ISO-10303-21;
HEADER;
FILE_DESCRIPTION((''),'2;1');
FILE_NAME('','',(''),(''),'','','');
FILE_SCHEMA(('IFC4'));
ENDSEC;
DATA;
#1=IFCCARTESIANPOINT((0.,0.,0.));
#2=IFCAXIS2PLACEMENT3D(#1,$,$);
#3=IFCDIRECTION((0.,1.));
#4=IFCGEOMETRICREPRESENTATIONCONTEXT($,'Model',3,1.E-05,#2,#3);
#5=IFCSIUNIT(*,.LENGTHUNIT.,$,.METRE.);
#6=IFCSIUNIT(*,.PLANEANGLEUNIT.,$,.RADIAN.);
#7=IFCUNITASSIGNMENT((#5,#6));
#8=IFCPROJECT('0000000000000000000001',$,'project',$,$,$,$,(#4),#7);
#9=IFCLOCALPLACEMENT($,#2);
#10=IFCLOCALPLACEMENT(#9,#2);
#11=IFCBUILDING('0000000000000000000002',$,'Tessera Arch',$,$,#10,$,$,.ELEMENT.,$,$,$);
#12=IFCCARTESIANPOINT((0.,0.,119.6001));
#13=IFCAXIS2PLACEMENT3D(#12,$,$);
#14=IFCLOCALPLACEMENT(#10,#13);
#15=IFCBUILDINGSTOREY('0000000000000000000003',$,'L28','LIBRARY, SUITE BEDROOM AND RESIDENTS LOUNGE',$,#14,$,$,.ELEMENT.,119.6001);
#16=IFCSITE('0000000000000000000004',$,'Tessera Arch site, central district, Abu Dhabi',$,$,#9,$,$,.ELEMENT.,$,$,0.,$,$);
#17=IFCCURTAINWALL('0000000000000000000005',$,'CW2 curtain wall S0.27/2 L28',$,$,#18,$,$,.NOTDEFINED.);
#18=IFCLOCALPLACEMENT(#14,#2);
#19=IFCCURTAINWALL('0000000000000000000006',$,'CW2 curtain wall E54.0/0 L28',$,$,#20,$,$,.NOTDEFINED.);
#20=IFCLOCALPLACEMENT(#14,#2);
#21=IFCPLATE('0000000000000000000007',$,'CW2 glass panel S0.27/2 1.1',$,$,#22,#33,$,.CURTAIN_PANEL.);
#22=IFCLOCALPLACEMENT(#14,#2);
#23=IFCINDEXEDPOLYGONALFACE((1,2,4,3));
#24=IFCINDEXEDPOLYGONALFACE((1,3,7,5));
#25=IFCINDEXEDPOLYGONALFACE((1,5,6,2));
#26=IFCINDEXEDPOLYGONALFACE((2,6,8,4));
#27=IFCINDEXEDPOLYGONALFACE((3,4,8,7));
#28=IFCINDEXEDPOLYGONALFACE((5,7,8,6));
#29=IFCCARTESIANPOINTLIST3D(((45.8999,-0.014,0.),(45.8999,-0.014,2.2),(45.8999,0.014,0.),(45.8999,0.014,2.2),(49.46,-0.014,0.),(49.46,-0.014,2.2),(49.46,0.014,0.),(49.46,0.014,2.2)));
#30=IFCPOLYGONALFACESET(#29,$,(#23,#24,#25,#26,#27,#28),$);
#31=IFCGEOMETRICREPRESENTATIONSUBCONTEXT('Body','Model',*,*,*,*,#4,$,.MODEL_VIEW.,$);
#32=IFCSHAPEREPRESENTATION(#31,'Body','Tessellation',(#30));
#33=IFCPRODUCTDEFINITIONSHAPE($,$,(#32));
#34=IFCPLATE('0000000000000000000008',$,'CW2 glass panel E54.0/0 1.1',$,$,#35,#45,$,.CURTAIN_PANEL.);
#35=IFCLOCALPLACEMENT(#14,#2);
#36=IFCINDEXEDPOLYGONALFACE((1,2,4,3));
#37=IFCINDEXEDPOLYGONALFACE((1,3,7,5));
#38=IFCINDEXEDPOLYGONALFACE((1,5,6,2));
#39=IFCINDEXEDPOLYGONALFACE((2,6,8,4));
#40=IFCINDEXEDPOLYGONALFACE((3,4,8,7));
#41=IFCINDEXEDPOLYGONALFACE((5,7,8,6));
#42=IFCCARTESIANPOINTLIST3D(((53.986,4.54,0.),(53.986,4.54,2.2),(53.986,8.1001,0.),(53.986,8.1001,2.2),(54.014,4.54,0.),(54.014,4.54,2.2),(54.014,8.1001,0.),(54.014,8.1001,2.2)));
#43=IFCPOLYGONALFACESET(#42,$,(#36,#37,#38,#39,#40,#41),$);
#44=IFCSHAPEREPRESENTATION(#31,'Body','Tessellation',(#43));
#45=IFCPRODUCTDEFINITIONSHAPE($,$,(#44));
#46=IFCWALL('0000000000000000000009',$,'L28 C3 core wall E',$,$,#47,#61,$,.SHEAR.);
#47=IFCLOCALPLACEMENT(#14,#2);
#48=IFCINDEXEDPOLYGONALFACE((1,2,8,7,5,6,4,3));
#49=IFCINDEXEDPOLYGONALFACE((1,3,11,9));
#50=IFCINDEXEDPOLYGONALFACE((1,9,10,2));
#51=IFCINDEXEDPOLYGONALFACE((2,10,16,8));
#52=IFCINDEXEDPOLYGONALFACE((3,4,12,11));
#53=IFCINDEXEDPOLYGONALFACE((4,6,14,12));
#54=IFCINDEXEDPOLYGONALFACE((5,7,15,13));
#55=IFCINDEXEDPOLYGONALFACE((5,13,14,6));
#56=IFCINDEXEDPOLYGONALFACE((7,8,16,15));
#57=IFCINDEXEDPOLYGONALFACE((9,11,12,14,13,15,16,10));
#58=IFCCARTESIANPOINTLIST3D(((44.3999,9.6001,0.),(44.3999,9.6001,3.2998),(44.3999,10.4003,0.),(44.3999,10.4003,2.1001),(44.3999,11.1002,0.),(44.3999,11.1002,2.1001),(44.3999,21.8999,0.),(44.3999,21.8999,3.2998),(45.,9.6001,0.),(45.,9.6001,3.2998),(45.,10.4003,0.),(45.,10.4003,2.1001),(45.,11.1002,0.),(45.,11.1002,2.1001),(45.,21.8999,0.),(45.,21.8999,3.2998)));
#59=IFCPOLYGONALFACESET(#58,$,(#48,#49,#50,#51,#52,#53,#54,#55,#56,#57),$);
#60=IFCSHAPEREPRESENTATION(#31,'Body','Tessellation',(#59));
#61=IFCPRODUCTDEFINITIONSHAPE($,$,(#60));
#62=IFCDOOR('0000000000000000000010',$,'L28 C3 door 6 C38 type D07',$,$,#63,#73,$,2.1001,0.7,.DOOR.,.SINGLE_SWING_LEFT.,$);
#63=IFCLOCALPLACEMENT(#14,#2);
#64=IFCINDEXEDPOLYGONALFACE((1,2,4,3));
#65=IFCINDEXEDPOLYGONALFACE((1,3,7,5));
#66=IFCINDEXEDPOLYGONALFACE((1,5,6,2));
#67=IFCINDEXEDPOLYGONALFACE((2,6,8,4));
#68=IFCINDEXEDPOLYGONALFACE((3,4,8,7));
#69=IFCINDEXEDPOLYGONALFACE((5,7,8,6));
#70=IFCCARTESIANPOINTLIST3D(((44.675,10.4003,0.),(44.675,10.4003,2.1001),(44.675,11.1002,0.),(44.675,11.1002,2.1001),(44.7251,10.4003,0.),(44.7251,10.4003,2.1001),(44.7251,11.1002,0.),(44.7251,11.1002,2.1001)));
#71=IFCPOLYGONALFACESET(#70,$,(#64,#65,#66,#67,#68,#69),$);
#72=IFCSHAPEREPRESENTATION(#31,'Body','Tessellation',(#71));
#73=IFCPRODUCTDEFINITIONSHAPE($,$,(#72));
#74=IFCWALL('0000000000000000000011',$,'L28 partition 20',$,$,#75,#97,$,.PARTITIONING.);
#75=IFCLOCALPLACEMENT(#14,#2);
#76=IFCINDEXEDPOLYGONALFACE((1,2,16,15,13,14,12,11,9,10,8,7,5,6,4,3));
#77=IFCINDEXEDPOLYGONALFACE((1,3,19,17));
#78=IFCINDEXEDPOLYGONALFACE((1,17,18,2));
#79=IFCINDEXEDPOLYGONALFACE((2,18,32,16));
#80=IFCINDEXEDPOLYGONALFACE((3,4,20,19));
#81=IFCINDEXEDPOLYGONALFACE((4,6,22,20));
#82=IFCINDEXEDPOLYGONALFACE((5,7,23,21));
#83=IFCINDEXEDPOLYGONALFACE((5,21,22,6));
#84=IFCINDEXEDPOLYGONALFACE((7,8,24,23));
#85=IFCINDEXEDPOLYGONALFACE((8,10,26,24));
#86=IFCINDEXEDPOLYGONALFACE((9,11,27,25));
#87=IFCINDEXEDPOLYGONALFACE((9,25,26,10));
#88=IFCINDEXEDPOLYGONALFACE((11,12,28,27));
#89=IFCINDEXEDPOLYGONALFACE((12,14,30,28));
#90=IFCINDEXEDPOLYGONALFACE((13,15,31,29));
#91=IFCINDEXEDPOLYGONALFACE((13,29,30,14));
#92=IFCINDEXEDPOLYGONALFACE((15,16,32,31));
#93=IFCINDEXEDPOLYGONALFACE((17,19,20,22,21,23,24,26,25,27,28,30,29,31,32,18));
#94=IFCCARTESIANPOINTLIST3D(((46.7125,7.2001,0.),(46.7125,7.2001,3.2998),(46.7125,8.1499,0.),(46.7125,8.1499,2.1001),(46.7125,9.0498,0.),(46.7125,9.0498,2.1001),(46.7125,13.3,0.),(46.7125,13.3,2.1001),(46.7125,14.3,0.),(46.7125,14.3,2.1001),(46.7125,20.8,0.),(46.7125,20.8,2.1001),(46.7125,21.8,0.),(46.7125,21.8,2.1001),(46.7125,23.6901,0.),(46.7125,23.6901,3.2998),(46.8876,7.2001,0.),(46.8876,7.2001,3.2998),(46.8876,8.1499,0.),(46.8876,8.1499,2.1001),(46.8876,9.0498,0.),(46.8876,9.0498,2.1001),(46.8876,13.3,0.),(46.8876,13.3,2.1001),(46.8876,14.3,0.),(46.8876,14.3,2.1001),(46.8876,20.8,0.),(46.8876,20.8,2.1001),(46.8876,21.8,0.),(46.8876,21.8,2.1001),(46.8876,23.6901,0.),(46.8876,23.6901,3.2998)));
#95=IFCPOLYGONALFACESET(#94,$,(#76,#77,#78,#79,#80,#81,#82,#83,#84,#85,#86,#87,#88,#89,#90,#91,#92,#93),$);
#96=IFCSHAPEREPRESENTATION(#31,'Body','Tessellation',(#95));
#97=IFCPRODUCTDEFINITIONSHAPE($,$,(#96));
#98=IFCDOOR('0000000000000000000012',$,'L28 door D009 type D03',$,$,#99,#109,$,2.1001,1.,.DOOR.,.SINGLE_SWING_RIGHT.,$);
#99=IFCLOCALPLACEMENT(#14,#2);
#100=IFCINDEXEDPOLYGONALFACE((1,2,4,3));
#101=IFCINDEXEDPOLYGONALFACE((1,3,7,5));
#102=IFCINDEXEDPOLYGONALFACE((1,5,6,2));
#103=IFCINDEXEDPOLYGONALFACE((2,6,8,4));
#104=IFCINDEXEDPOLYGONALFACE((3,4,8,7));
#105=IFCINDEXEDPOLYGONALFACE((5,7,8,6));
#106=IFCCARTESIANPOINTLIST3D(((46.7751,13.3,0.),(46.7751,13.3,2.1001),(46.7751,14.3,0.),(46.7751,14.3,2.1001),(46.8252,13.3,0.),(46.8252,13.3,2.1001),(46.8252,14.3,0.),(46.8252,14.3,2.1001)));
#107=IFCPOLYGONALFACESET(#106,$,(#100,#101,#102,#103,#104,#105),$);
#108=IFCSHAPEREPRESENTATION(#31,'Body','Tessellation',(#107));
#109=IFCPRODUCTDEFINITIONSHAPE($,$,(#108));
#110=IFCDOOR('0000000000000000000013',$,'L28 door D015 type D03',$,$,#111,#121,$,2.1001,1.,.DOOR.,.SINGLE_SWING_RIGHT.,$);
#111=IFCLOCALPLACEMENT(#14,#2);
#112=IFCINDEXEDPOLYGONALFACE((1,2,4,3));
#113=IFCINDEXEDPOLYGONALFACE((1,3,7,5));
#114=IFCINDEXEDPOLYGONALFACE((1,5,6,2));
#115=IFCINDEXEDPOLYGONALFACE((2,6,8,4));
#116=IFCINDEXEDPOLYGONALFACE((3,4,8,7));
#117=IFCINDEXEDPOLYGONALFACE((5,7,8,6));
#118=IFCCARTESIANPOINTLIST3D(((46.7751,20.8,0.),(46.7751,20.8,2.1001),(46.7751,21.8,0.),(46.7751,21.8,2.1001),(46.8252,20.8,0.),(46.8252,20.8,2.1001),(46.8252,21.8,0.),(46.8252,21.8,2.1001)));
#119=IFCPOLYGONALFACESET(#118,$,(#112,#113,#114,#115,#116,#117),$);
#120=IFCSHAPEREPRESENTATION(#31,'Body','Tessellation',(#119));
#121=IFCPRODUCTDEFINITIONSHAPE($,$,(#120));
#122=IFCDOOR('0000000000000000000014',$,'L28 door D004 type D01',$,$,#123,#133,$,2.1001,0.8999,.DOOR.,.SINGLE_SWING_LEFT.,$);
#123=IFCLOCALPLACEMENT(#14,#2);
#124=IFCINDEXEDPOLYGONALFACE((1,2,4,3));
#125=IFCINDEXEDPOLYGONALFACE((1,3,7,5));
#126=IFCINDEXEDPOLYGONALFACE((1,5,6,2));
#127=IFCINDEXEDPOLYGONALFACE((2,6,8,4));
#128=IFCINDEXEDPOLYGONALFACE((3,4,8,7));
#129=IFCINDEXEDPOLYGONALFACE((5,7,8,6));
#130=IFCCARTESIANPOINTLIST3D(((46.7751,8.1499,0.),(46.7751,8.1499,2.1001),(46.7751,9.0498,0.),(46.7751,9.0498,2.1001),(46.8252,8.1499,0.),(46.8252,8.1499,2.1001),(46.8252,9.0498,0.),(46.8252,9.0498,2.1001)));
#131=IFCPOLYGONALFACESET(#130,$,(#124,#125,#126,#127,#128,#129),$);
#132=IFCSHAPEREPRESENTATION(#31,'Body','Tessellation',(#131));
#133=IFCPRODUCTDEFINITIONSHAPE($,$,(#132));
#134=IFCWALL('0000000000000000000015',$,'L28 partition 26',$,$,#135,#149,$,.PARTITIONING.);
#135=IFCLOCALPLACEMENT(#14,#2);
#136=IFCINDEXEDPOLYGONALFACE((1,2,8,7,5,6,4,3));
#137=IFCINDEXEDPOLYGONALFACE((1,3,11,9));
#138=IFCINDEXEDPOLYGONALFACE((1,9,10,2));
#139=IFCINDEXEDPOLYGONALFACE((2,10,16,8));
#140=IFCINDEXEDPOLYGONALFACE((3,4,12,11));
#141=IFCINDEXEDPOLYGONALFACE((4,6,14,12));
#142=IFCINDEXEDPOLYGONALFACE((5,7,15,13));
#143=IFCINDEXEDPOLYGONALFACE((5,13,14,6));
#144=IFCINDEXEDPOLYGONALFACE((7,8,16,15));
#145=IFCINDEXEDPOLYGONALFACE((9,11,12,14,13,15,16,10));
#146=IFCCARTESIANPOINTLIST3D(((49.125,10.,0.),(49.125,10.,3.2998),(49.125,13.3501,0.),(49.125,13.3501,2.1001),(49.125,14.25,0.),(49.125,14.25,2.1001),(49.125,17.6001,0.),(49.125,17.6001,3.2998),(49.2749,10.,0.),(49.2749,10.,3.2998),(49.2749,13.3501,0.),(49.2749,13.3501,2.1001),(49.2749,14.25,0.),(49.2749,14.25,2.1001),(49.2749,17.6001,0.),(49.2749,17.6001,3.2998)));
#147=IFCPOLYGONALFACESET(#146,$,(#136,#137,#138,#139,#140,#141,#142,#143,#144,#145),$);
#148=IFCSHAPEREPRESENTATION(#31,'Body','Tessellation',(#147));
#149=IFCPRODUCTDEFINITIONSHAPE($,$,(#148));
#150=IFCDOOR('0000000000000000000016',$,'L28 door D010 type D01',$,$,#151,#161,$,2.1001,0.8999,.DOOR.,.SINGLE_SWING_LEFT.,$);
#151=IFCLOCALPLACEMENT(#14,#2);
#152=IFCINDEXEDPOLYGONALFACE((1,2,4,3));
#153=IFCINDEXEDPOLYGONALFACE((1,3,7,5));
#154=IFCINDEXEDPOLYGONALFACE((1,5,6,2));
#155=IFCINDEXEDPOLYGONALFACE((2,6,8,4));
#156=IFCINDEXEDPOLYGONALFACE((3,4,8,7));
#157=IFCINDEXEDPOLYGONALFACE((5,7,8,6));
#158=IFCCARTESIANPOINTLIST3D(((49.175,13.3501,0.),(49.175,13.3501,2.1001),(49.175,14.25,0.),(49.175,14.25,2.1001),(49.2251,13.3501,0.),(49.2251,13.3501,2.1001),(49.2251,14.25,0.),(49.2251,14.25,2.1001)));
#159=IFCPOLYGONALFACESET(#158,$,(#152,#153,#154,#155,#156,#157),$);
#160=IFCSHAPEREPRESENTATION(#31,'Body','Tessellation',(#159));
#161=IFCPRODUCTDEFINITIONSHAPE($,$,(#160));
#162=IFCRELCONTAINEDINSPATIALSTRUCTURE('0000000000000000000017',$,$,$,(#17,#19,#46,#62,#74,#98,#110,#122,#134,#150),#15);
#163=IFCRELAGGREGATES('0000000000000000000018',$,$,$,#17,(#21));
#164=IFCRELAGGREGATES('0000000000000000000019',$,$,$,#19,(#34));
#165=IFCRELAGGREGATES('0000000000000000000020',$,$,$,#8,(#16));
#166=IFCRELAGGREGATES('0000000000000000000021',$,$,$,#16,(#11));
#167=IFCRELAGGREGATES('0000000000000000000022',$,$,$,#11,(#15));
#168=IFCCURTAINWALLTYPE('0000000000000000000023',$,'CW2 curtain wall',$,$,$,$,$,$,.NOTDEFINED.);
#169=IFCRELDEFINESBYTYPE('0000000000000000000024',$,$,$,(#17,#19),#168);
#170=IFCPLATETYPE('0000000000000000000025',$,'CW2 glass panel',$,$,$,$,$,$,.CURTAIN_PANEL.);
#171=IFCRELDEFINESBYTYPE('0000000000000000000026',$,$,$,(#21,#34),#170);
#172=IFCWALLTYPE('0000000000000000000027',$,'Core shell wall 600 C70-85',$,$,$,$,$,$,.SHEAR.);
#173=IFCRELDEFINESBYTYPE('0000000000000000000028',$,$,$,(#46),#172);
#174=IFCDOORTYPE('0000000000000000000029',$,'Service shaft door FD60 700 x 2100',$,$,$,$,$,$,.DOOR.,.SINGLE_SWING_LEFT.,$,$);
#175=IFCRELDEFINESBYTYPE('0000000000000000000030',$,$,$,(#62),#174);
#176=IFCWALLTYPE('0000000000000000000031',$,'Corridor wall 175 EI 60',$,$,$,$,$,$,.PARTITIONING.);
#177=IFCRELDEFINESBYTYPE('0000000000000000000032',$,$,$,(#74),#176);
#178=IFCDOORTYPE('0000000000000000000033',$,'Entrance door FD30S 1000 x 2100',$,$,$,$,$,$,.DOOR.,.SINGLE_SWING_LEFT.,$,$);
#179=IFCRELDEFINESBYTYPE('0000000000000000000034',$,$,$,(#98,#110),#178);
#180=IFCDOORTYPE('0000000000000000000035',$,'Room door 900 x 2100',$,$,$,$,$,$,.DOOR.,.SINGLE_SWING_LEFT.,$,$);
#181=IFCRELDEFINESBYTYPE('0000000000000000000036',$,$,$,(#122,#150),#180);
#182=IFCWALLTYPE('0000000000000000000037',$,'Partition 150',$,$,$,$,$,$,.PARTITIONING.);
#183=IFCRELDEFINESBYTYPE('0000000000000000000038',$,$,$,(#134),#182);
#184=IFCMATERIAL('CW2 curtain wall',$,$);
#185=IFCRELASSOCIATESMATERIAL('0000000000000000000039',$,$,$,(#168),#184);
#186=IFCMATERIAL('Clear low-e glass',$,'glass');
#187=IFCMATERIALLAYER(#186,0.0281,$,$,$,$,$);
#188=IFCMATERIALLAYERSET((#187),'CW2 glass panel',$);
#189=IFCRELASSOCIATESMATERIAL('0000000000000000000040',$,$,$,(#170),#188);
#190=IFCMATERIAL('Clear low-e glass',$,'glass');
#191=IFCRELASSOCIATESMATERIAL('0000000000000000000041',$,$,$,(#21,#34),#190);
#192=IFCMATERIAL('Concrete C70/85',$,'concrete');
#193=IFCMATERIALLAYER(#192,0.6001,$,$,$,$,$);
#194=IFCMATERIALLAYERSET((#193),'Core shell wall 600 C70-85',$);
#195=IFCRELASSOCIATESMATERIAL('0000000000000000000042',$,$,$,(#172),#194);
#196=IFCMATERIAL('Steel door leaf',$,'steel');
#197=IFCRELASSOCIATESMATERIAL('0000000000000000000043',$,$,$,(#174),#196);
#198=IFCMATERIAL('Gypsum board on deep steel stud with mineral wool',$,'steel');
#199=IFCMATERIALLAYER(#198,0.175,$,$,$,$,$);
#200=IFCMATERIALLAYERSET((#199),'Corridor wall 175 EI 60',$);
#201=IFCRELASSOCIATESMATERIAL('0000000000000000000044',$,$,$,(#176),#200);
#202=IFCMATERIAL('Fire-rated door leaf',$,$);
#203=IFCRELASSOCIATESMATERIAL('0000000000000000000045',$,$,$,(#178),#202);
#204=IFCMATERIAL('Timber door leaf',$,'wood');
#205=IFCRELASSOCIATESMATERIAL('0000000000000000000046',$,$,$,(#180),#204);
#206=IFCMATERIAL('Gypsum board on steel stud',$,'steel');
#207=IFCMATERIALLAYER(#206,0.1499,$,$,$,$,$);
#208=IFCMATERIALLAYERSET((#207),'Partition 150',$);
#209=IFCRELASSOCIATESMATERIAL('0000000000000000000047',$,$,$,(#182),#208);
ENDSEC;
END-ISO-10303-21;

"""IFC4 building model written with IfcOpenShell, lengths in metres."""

from ifc_helpers import new_model, si_unit, direction, frame, frame_2d, origin, origin_2d, place, context, subcontext, project, spatial, rectangle, extrude, material, layer, layer_set, type_object, element, fill, aggregate, save


model = new_model("IFC4")

# Units and contexts
model_context = context("Model", 3, precision=1e-05, world=origin(), true_north=direction((0.0, 1.0)))
body_context = subcontext(model_context, "Body", "Model", "MODEL_VIEW")
ifc_project = project(units=[si_unit("LENGTHUNIT", "METRE"), si_unit("PLANEANGLEUNIT", "RADIAN")], contexts=[model_context])

# Site, building, storey
site_placement = place(None, origin())
site = spatial("IfcSite", under=ifc_project, at=site_placement, Name="Tessera Arch site, central district, Abu Dhabi", CompositionType="ELEMENT", RefElevation=0.0)
building_placement = place(site_placement, origin())
building = spatial("IfcBuilding", under=site, at=building_placement, Name="Tessera Arch", CompositionType="ELEMENT")
storey_placement = place(building_placement, frame((0.0, 0.0, 119.6001)))
storey = spatial("IfcBuildingStorey", under=building, at=storey_placement, Name="L28", Description="LIBRARY, SUITE BEDROOM AND RESIDENTS LOUNGE", CompositionType="ELEMENT", Elevation=119.6001)

# Curtain walls
ifc_material_1 = material(Name="CW2 curtain wall")
curtain_wall_type_1 = type_object("IfcCurtainWallType", Name="CW2 curtain wall", PredefinedType="NOTDEFINED", material=ifc_material_1)
curtain_wall_1_placement = place(storey_placement, origin())
curtain_wall_1 = element("IfcCurtainWall", 1, at=curtain_wall_1_placement, inside=storey, type_object=curtain_wall_type_1, Name="CW2 curtain wall S0.27/2 L28", PredefinedType="NOTDEFINED")
curtain_wall_2_placement = place(storey_placement, origin())
curtain_wall_2 = element("IfcCurtainWall", 2, at=curtain_wall_2_placement, inside=storey, type_object=curtain_wall_type_1, Name="CW2 curtain wall E54.0/0 L28", PredefinedType="NOTDEFINED")

# Plates
ifc_material_2 = material(Name="Clear low-e glass", Category="glass")
ifc_material_3 = material(Name="Clear low-e glass", Category="glass")
ifc_layer_1 = layer(ifc_material_3, 0.0281)
ifc_layer_set_1 = layer_set([ifc_layer_1], Name="CW2 glass panel")
plate_type_1 = type_object("IfcPlateType", Name="CW2 glass panel", PredefinedType="CURTAIN_PANEL", material=ifc_layer_set_1)
plate_1_placement = place(storey_placement, frame((47.6799, 0.0, 0.0), z_axis=(0.0, 0.0, 1.0), x_axis=(1.0, 0.0, 0.0)))
plate_1 = element("IfcPlate", 3, at=plate_1_placement, type_object=plate_type_1, material=ifc_material_2, Name="CW2 glass panel S0.27/2 1.1", PredefinedType="CURTAIN_PANEL", context=body_context, shape_type="SweptSolid", body=[
    extrude(rectangle(XDim=3.5601, YDim=0.0281, at=origin_2d()), origin(), (0.0, 0.0, 1.0), 2.2),
])
aggregate(curtain_wall_1, [plate_1])
plate_2_placement = place(storey_placement, frame((54.0, 6.3201, 0.0), z_axis=(0.0, 0.0, 1.0), x_axis=(0.0, 1.0, 0.0)))
plate_2 = element("IfcPlate", 4, at=plate_2_placement, type_object=plate_type_1, material=ifc_material_2, Name="CW2 glass panel E54.0/0 1.1", PredefinedType="CURTAIN_PANEL", context=body_context, shape_type="SweptSolid", body=[
    extrude(rectangle(XDim=3.5601, YDim=0.0281, at=origin_2d()), origin(), (0.0, 0.0, 1.0), 2.2),
])
aggregate(curtain_wall_2, [plate_2])

# Wall, opening, door
ifc_material_4 = material(Name="Concrete C70/85", Category="concrete")
ifc_layer_2 = layer(ifc_material_4, 0.6001)
ifc_layer_set_2 = layer_set([ifc_layer_2], Name="Core shell wall 600 C70-85")
wall_type_1 = type_object("IfcWallType", Name="Core shell wall 600 C70-85", PredefinedType="SHEAR", material=ifc_layer_set_2)
wall_1_placement = place(storey_placement, frame((44.7, 9.6001, 0.0), z_axis=(0.0, 0.0, 1.0), x_axis=(0.0, 1.0, 0.0)))
wall_1 = element("IfcWall", 5, at=wall_1_placement, inside=storey, type_object=wall_type_1, Name="L28 C3 core wall E", PredefinedType="SHEAR", context=body_context, shape_type="SweptSolid", body=[
    extrude(rectangle(XDim=12.2998, YDim=0.6001, at=frame_2d((6.1499, 0.0))), origin(), (0.0, 0.0, 1.0), 3.2998),
])
opening_1_placement = place(wall_1_placement, frame((0.8, 0.0, 0.0)))
opening_1 = element("IfcOpeningElement", 6, at=opening_1_placement, cuts=wall_1, PredefinedType="OPENING", context=body_context, shape_type="SweptSolid", body=[
    extrude(rectangle(XDim=0.7, YDim=2.1001, at=frame_2d((0.3501, 1.05))), frame((0.0, 0.3101, 0.0), z_axis=(0.0, -1.0, 0.0), x_axis=(1.0, 0.0, 0.0)), (0.0, 0.0, 1.0), 0.6201),
])
ifc_material_5 = material(Name="Steel door leaf", Category="steel")
door_type_1 = type_object("IfcDoorType", Name="Service shaft door FD60 700 x 2100", OperationType="SINGLE_SWING_LEFT", PredefinedType="DOOR", material=ifc_material_5)
door_1_placement = place(opening_1_placement, origin())
door_1 = element("IfcDoor", 7, at=door_1_placement, inside=storey, type_object=door_type_1, Name="L28 C3 door 6 C38 type D07", OperationType="SINGLE_SWING_LEFT", OverallHeight=2.1001, OverallWidth=0.7, PredefinedType="DOOR", context=body_context, shape_type="SweptSolid", body=[
    extrude(rectangle(XDim=0.7, YDim=2.1001, at=frame_2d((0.3501, 1.05))), frame((0.0, 0.0249, 0.0), z_axis=(0.0, -1.0, 0.0), x_axis=(1.0, 0.0, 0.0)), (0.0, 0.0, 1.0), 0.05),
])
fill(opening_1, door_1)

# Wall, openings, doors
ifc_material_6 = material(Name="Gypsum board on deep steel stud with mineral wool", Category="steel")
ifc_layer_3 = layer(ifc_material_6, 0.175)
ifc_layer_set_3 = layer_set([ifc_layer_3], Name="Corridor wall 175 EI 60")
wall_type_2 = type_object("IfcWallType", Name="Corridor wall 175 EI 60", PredefinedType="PARTITIONING", material=ifc_layer_set_3)
wall_2_placement = place(storey_placement, frame((46.8, 7.2, 0.0), z_axis=(0.0, 0.0, 1.0), x_axis=(0.0, 1.0, 0.0)))
wall_2 = element("IfcWall", 8, at=wall_2_placement, inside=storey, type_object=wall_type_2, Name="L28 partition 20", PredefinedType="PARTITIONING", context=body_context, shape_type="SweptSolid", body=[
    extrude(rectangle(XDim=16.49, YDim=0.175, at=frame_2d((8.2451, 0.0))), origin(), (0.0, 0.0, 1.0), 3.2998),
])
opening_2_placement = place(wall_2_placement, frame((0.95, 0.0, 0.0)))
opening_2 = element("IfcOpeningElement", 9, at=opening_2_placement, cuts=wall_2, PredefinedType="OPENING", context=body_context, shape_type="SweptSolid", body=[
    extrude(rectangle(XDim=0.8999, YDim=2.1001, at=frame_2d((0.45, 1.05))), frame((0.0, 0.0974, 0.0), z_axis=(0.0, -1.0, 0.0), x_axis=(1.0, 0.0, 0.0)), (0.0, 0.0, 1.0), 0.1951),
])
opening_3_placement = place(wall_2_placement, frame((6.1001, 0.0, 0.0)))
opening_3 = element("IfcOpeningElement", 10, at=opening_3_placement, cuts=wall_2, PredefinedType="OPENING", context=body_context, shape_type="SweptSolid", body=[
    extrude(rectangle(XDim=1.0, YDim=2.1001, at=frame_2d((0.5, 1.05))), frame((0.0, 0.0974, 0.0), z_axis=(0.0, -1.0, 0.0), x_axis=(1.0, 0.0, 0.0)), (0.0, 0.0, 1.0), 0.1951),
])
opening_4_placement = place(wall_2_placement, frame((13.6001, 0.0, 0.0)))
opening_4 = element("IfcOpeningElement", 11, at=opening_4_placement, cuts=wall_2, PredefinedType="OPENING", context=body_context, shape_type="SweptSolid", body=[
    extrude(rectangle(XDim=1.0, YDim=2.1001, at=frame_2d((0.5, 1.05))), frame((0.0, 0.0974, 0.0), z_axis=(0.0, -1.0, 0.0), x_axis=(1.0, 0.0, 0.0)), (0.0, 0.0, 1.0), 0.1951),
])
ifc_material_7 = material(Name="Fire-rated door leaf")
door_type_2 = type_object("IfcDoorType", Name="Entrance door FD30S 1000 x 2100", OperationType="SINGLE_SWING_LEFT", PredefinedType="DOOR", material=ifc_material_7)
door_2_placement = place(opening_3_placement, origin())
door_2 = element("IfcDoor", 12, at=door_2_placement, inside=storey, type_object=door_type_2, Name="L28 door D009 type D03", OperationType="SINGLE_SWING_RIGHT", OverallHeight=2.1001, OverallWidth=1.0, PredefinedType="DOOR", context=body_context, shape_type="SweptSolid", body=[
    extrude(rectangle(XDim=1.0, YDim=2.1001, at=frame_2d((0.5, 1.05))), frame((0.0, 0.0249, 0.0), z_axis=(0.0, -1.0, 0.0), x_axis=(1.0, 0.0, 0.0)), (0.0, 0.0, 1.0), 0.05),
])
fill(opening_3, door_2)
door_3_placement = place(opening_4_placement, origin())
door_3 = element("IfcDoor", 13, at=door_3_placement, inside=storey, type_object=door_type_2, Name="L28 door D015 type D03", OperationType="SINGLE_SWING_RIGHT", OverallHeight=2.1001, OverallWidth=1.0, PredefinedType="DOOR", context=body_context, shape_type="SweptSolid", body=[
    extrude(rectangle(XDim=1.0, YDim=2.1001, at=frame_2d((0.5, 1.05))), frame((0.0, 0.0249, 0.0), z_axis=(0.0, -1.0, 0.0), x_axis=(1.0, 0.0, 0.0)), (0.0, 0.0, 1.0), 0.05),
])
fill(opening_4, door_3)
ifc_material_8 = material(Name="Timber door leaf", Category="wood")
door_type_3 = type_object("IfcDoorType", Name="Room door 900 x 2100", OperationType="SINGLE_SWING_LEFT", PredefinedType="DOOR", material=ifc_material_8)
door_4_placement = place(opening_2_placement, origin())
door_4 = element("IfcDoor", 14, at=door_4_placement, inside=storey, type_object=door_type_3, Name="L28 door D004 type D01", OperationType="SINGLE_SWING_LEFT", OverallHeight=2.1001, OverallWidth=0.8999, PredefinedType="DOOR", context=body_context, shape_type="SweptSolid", body=[
    extrude(rectangle(XDim=0.8999, YDim=2.1001, at=frame_2d((0.45, 1.05))), frame((0.0, 0.0249, 0.0), z_axis=(0.0, -1.0, 0.0), x_axis=(1.0, 0.0, 0.0)), (0.0, 0.0, 1.0), 0.05),
])
fill(opening_2, door_4)

# Wall, opening, door
ifc_material_9 = material(Name="Gypsum board on steel stud", Category="steel")
ifc_layer_4 = layer(ifc_material_9, 0.1499)
ifc_layer_set_4 = layer_set([ifc_layer_4], Name="Partition 150")
wall_type_3 = type_object("IfcWallType", Name="Partition 150", PredefinedType="PARTITIONING", material=ifc_layer_set_4)
wall_3_placement = place(storey_placement, frame((49.2, 10.0, 0.0), z_axis=(0.0, 0.0, 1.0), x_axis=(0.0, 1.0, 0.0)))
wall_3 = element("IfcWall", 15, at=wall_3_placement, inside=storey, type_object=wall_type_3, Name="L28 partition 26", PredefinedType="PARTITIONING", context=body_context, shape_type="SweptSolid", body=[
    extrude(rectangle(XDim=7.6001, YDim=0.1499, at=frame_2d((3.8, 0.0))), origin(), (0.0, 0.0, 1.0), 3.2998),
])
opening_5_placement = place(wall_3_placement, frame((3.3501, 0.0, 0.0)))
opening_5 = element("IfcOpeningElement", 16, at=opening_5_placement, cuts=wall_3, PredefinedType="OPENING", context=body_context, shape_type="SweptSolid", body=[
    extrude(rectangle(XDim=0.8999, YDim=2.1001, at=frame_2d((0.45, 1.05))), frame((0.0, 0.085, 0.0), z_axis=(0.0, -1.0, 0.0), x_axis=(1.0, 0.0, 0.0)), (0.0, 0.0, 1.0), 0.1699),
])
door_5_placement = place(opening_5_placement, origin())
door_5 = element("IfcDoor", 17, at=door_5_placement, inside=storey, type_object=door_type_3, Name="L28 door D010 type D01", OperationType="SINGLE_SWING_LEFT", OverallHeight=2.1001, OverallWidth=0.8999, PredefinedType="DOOR", context=body_context, shape_type="SweptSolid", body=[
    extrude(rectangle(XDim=0.8999, YDim=2.1001, at=frame_2d((0.45, 1.05))), frame((0.0, 0.0249, 0.0), z_axis=(0.0, -1.0, 0.0), x_axis=(1.0, 0.0, 0.0)), (0.0, 0.0, 1.0), 0.05),
])
fill(opening_5, door_5)

save(model, "model.ifc")
